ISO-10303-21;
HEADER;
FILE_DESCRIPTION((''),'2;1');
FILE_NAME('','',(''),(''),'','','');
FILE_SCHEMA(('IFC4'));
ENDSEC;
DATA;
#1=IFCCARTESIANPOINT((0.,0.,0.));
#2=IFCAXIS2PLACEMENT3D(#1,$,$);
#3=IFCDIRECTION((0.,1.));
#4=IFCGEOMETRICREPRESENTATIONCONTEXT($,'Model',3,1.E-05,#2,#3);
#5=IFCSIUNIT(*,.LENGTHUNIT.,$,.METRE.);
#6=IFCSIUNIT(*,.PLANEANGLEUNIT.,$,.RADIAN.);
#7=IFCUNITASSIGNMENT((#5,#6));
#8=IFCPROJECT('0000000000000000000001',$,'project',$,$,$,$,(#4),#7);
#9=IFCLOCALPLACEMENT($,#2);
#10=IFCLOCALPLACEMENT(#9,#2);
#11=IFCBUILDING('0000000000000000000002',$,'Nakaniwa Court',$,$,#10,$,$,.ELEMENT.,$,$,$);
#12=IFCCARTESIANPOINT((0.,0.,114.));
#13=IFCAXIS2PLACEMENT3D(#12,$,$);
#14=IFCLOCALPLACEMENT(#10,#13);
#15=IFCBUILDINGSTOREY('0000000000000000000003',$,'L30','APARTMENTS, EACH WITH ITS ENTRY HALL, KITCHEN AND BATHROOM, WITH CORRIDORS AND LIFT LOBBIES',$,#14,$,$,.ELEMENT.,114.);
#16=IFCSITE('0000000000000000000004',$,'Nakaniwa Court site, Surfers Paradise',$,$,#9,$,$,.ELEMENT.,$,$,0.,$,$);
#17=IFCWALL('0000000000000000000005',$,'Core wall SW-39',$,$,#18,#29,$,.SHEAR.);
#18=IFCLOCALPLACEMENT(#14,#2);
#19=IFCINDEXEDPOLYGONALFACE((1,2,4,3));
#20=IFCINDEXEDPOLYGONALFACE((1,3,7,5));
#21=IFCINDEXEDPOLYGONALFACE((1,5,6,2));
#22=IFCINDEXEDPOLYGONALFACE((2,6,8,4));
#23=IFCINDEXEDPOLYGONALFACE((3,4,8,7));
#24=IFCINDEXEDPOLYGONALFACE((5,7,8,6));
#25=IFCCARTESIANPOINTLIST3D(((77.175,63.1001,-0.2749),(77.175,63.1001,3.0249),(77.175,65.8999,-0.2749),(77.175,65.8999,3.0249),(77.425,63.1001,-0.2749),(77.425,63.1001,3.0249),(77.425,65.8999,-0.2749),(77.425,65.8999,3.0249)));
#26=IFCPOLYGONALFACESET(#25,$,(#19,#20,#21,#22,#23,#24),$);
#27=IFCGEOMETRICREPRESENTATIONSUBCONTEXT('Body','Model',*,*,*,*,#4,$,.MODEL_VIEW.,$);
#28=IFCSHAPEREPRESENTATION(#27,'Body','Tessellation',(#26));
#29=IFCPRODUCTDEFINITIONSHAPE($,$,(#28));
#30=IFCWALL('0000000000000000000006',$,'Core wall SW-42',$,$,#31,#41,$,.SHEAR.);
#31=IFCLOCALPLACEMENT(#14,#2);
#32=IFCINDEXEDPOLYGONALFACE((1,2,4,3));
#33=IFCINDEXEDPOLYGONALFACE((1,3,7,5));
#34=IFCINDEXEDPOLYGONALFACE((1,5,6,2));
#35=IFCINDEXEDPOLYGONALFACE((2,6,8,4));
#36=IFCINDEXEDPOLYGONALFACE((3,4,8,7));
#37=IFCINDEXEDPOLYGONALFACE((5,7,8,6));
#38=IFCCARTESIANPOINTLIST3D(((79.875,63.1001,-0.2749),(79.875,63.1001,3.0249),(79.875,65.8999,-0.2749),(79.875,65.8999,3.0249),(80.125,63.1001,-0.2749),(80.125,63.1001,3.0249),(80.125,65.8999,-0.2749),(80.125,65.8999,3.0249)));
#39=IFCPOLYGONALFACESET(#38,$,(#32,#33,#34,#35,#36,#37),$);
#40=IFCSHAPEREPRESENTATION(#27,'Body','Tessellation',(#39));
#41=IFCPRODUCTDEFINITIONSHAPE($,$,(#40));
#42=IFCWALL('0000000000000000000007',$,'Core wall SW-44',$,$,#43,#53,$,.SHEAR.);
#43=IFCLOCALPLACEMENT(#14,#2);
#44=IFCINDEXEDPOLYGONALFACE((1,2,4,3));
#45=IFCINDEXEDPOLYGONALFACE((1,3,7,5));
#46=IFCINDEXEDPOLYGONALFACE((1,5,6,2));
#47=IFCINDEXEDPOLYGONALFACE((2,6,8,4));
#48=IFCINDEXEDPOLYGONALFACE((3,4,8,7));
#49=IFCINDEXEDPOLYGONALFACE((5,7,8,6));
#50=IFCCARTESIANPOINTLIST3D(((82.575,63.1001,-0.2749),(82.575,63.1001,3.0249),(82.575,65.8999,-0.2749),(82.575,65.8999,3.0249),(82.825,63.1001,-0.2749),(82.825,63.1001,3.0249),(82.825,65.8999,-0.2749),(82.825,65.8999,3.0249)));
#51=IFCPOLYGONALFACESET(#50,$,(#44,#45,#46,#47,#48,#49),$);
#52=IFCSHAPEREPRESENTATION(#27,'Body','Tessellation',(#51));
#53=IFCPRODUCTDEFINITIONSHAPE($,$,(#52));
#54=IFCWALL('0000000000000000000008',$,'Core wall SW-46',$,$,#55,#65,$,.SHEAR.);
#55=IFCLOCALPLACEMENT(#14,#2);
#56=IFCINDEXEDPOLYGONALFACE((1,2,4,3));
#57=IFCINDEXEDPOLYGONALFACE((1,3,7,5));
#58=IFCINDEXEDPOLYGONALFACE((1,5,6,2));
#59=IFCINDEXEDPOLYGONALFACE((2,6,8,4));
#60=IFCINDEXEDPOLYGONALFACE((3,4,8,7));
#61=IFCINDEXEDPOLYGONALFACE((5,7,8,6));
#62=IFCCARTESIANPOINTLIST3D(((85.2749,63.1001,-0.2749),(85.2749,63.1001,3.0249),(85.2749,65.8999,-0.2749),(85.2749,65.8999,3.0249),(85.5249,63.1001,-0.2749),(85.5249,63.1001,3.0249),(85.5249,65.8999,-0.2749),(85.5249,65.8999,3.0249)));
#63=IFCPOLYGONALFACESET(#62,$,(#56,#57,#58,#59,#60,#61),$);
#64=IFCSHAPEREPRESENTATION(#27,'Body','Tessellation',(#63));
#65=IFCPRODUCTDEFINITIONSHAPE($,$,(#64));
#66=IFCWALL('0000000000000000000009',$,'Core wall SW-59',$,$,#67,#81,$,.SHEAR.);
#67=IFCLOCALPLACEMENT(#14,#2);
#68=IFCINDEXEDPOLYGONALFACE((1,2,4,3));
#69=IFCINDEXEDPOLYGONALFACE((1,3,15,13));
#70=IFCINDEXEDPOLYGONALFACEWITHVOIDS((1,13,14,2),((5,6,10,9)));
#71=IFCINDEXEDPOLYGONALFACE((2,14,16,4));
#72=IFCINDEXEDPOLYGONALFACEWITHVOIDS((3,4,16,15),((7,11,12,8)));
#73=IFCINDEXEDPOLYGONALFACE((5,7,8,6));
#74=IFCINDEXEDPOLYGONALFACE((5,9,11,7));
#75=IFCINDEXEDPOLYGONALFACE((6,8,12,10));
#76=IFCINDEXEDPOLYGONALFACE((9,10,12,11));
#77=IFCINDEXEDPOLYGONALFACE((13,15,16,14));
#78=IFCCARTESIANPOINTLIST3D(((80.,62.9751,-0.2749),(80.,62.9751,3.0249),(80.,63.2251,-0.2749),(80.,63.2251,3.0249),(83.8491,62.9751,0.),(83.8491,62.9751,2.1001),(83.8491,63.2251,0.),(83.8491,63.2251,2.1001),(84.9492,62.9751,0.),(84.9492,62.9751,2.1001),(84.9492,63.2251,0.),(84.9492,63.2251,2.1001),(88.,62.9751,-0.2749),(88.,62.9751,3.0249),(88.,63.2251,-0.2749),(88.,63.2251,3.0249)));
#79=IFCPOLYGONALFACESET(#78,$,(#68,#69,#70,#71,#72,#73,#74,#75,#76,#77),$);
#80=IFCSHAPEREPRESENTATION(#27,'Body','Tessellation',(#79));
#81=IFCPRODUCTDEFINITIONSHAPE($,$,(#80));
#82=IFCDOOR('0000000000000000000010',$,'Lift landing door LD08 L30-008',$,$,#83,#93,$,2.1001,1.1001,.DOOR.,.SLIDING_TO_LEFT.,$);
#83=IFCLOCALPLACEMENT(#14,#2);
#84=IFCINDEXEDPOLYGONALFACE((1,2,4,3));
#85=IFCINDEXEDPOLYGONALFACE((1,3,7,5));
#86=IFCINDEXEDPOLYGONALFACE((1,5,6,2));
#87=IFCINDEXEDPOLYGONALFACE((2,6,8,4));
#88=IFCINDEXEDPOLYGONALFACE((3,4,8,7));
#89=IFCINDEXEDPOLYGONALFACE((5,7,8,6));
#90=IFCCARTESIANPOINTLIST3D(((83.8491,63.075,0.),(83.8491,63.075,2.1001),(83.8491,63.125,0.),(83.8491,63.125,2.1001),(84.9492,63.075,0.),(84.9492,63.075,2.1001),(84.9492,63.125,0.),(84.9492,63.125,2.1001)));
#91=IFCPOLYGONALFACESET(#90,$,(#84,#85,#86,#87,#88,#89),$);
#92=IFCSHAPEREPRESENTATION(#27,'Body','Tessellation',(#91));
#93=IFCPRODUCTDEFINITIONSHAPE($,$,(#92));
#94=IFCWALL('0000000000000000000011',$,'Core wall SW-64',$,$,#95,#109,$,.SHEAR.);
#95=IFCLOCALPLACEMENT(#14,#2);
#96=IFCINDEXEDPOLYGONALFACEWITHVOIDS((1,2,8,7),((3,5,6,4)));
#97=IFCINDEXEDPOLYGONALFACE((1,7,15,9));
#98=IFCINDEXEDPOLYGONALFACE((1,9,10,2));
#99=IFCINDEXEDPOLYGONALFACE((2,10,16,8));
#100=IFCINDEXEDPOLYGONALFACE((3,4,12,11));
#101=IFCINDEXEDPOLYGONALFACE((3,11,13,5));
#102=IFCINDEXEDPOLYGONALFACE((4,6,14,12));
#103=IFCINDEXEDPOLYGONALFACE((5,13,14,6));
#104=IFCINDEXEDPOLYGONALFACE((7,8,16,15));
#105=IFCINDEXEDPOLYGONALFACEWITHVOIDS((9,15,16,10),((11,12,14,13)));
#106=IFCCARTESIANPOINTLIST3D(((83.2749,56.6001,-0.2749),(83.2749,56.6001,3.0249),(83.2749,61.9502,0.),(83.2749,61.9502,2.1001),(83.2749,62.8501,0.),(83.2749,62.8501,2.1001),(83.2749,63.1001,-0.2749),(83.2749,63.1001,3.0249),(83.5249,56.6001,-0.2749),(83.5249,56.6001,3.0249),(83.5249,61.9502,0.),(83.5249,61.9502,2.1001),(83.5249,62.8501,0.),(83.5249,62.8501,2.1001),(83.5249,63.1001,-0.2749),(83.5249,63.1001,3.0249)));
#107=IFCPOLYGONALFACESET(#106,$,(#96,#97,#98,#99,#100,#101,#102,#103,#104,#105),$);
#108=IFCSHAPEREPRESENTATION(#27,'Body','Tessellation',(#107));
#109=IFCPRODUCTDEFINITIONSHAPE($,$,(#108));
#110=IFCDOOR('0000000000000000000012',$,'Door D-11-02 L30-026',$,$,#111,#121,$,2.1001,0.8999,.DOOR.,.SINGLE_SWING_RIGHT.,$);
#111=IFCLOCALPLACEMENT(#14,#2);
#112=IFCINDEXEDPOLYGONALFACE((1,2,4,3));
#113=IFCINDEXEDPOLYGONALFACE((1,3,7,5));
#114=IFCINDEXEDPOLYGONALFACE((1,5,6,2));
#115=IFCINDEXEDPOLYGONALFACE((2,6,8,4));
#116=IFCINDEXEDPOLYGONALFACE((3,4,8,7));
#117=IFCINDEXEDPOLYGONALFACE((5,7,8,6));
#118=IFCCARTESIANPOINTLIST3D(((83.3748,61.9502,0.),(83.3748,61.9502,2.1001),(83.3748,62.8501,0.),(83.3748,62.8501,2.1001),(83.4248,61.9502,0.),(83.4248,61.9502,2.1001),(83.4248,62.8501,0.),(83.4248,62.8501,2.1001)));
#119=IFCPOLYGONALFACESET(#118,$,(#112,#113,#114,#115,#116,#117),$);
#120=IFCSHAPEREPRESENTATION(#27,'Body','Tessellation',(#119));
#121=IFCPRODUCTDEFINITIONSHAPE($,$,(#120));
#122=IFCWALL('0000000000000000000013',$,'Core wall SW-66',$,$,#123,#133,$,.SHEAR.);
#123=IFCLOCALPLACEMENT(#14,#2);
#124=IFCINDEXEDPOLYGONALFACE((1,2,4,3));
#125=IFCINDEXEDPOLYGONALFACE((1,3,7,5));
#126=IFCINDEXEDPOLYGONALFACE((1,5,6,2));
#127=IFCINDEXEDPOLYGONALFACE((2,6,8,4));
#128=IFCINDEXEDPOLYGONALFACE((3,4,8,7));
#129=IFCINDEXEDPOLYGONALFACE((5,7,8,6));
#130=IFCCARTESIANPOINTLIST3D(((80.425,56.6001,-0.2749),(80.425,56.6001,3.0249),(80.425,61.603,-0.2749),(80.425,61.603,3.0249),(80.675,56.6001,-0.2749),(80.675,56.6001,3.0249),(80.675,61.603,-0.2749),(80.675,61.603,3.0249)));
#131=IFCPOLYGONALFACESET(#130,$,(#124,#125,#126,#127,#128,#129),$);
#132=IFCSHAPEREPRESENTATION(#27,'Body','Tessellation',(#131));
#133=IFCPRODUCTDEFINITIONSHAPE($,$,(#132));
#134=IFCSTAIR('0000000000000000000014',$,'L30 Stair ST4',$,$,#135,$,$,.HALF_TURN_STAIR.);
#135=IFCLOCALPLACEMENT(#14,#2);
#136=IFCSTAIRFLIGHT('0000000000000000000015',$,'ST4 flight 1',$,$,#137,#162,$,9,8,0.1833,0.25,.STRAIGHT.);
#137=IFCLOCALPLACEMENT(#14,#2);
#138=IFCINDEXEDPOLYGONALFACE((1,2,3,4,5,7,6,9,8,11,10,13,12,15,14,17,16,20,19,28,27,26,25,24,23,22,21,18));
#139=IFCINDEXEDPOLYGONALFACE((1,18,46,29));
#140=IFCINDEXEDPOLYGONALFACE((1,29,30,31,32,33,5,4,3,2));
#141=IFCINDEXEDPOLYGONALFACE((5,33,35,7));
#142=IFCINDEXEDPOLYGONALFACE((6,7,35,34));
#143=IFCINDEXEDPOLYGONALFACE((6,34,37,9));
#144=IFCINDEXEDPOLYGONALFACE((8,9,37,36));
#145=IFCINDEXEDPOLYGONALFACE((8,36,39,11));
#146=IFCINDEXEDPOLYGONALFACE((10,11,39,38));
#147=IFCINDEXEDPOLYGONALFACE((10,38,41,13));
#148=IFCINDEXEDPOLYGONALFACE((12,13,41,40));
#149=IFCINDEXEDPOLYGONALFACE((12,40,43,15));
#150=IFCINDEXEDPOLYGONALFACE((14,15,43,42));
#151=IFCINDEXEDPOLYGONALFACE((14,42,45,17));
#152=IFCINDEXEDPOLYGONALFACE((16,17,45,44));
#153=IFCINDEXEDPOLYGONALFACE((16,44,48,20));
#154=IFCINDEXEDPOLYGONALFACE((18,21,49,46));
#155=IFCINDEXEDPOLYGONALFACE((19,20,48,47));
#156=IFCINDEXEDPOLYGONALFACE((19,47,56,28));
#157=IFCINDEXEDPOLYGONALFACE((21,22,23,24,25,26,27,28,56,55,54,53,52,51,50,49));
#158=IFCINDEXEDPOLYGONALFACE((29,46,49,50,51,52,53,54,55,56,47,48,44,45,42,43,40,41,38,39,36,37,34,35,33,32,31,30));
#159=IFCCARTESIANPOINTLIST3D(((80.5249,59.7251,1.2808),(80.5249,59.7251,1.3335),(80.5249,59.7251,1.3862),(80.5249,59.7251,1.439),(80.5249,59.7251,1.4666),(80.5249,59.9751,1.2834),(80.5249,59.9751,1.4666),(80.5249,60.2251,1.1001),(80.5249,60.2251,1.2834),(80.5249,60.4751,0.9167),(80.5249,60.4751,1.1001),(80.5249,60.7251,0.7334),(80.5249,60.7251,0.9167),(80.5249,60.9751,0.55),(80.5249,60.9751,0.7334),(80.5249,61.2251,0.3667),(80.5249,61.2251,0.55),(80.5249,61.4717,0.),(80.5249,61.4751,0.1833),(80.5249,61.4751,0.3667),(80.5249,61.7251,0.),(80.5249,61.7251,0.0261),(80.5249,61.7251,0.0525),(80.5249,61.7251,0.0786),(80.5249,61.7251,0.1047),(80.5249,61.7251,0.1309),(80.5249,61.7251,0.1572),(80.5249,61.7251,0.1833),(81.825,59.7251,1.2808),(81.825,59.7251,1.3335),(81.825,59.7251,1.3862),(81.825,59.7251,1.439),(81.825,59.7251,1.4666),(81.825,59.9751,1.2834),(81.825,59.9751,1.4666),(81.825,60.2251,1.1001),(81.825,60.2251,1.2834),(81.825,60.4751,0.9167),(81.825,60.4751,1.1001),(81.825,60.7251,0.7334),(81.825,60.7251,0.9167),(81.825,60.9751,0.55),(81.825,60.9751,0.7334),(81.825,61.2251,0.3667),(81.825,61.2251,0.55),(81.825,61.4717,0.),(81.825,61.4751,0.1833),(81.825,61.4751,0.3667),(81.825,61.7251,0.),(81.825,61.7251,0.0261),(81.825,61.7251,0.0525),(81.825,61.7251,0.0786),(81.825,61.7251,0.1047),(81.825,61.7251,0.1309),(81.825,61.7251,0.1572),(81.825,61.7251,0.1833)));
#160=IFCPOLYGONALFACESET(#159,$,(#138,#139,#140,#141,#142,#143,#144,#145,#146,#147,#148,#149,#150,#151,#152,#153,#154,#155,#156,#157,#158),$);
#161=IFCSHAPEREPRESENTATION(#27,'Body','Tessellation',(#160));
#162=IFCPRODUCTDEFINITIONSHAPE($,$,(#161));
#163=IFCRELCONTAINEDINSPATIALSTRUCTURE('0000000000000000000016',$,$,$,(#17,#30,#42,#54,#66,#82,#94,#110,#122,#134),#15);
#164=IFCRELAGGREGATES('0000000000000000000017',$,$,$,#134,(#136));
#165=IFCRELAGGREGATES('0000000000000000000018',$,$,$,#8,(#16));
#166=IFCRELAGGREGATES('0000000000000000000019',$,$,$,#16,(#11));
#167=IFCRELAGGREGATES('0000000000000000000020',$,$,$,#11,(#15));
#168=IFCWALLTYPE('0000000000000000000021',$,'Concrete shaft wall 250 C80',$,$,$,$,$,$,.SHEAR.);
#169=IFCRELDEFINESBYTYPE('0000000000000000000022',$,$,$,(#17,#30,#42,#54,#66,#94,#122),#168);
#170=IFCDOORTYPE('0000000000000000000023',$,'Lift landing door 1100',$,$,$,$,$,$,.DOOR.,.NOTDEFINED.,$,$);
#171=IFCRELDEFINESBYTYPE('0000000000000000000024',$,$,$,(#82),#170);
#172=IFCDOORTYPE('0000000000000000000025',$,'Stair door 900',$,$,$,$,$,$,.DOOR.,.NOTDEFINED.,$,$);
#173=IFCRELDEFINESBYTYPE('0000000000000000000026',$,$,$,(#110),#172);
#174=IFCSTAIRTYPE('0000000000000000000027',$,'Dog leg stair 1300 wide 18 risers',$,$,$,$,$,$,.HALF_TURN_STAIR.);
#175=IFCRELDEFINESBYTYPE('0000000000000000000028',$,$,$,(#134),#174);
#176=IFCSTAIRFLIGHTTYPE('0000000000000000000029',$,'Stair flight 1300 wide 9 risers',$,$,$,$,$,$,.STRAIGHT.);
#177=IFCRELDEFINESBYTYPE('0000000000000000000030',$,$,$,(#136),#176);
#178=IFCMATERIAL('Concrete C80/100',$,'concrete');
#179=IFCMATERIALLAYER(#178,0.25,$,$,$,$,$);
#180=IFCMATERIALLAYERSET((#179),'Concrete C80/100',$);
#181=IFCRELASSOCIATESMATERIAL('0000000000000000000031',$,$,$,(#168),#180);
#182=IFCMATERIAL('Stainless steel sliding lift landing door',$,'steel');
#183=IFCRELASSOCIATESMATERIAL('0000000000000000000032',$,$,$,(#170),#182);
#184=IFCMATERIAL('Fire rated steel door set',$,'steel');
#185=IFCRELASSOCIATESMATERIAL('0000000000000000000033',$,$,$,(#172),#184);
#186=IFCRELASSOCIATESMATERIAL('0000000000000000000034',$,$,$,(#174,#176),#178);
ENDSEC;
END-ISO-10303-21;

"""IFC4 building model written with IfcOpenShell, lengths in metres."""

from ifc_helpers import new_model, si_unit, direction, frame, frame_2d, origin, place, context, subcontext, project, spatial, polyline, rectangle, outline, extrude, material, layer, layer_set, type_object, element, fill, aggregate, save


model = new_model("IFC4")

# Units and contexts
model_context = context("Model", 3, precision=1e-05, world=origin(), true_north=direction((0.0, 1.0)))
body_context = subcontext(model_context, "Body", "Model", "MODEL_VIEW")
ifc_project = project(units=[si_unit("LENGTHUNIT", "METRE"), si_unit("PLANEANGLEUNIT", "RADIAN")], contexts=[model_context])

# Site, building, storey
site_placement = place(None, origin())
site = spatial("IfcSite", under=ifc_project, at=site_placement, Name="Nakaniwa Court site, Surfers Paradise", CompositionType="ELEMENT", RefElevation=0.0)
building_placement = place(site_placement, origin())
building = spatial("IfcBuilding", under=site, at=building_placement, Name="Nakaniwa Court", CompositionType="ELEMENT")
storey_placement = place(building_placement, frame((0.0, 0.0, 114.0)))
storey = spatial("IfcBuildingStorey", under=building, at=storey_placement, Name="L30", Description="APARTMENTS, EACH WITH ITS ENTRY HALL, KITCHEN AND BATHROOM, WITH CORRIDORS AND LIFT LOBBIES", CompositionType="ELEMENT", Elevation=114.0)

# Shared definitions
ifc_material_1 = material(Name="Concrete C80/100", Category="concrete")

# Shared definitions
ifc_material_2 = material(Name="Fire rated steel door set", Category="steel")

# Walls
ifc_layer_1 = layer(ifc_material_1, 0.25)
ifc_layer_set_1 = layer_set([ifc_layer_1], Name="Concrete C80/100")
wall_type_1 = type_object("IfcWallType", Name="Concrete shaft wall 250 C80", PredefinedType="SHEAR", material=ifc_layer_set_1)
for number, where, z_axis, x_axis, name in (
    (1, (77.3, 63.1001, -0.2749), (0.0, 0.0, 1.0), (0.0, 1.0, 0.0), "Core wall SW-39"),
    (2, (80.0, 63.1001, -0.2749), (0.0, 0.0, 1.0), (0.0, 1.0, 0.0), "Core wall SW-42"),
    (3, (82.7, 63.1001, -0.2749), (0.0, 0.0, 1.0), (0.0, 1.0, 0.0), "Core wall SW-44"),
    (4, (85.3999, 63.1001, -0.2749), (0.0, 0.0, 1.0), (0.0, 1.0, 0.0), "Core wall SW-46"),
):
    element("IfcWall", number, at=place(storey_placement, frame(where, z_axis=z_axis, x_axis=x_axis)), inside=storey, type_object=wall_type_1, Name=name, PredefinedType="SHEAR", context=body_context, shape_type="SweptSolid", body=[
        extrude(rectangle(XDim=2.7998, YDim=0.25, at=frame_2d((1.3999, 0.0))), origin(), (0.0, 0.0, 1.0), 3.2998),
    ])

# Walls, openings, doors
wall_1_placement = place(storey_placement, frame((80.0, 63.1001, -0.2749), z_axis=(0.0, 0.0, 1.0), x_axis=(1.0, 0.0, 0.0)))
wall_1 = element("IfcWall", 5, at=wall_1_placement, inside=storey, type_object=wall_type_1, Name="Core wall SW-59", PredefinedType="SHEAR", context=body_context, shape_type="SweptSolid", body=[
    extrude(rectangle(XDim=8.0, YDim=0.25, at=frame_2d((4.0, 0.0))), origin(), (0.0, 0.0, 1.0), 3.2998),
])
opening_1_placement = place(wall_1_placement, frame((3.8491, 0.0, 0.2749)))
opening_1 = element("IfcOpeningElement", 6, at=opening_1_placement, cuts=wall_1, PredefinedType="OPENING", context=body_context, shape_type="SweptSolid", body=[
    extrude(rectangle(XDim=1.1001, YDim=2.1001, at=frame_2d((0.55, 1.05))), frame((0.0, 0.135, 0.0), z_axis=(0.0, -1.0, 0.0), x_axis=(1.0, 0.0, 0.0)), (0.0, 0.0, 1.0), 0.27),
])
ifc_material_3 = material(Name="Stainless steel sliding lift landing door", Category="steel")
door_type_1 = type_object("IfcDoorType", Name="Lift landing door 1100", OperationType="NOTDEFINED", PredefinedType="DOOR", material=ifc_material_3)
door_1_placement = place(opening_1_placement, origin())
door_1 = element("IfcDoor", 7, at=door_1_placement, inside=storey, type_object=door_type_1, Name="Lift landing door LD08 L30-008", OperationType="SLIDING_TO_LEFT", OverallHeight=2.1001, OverallWidth=1.1001, PredefinedType="DOOR", context=body_context, shape_type="SweptSolid", body=[
    extrude(rectangle(XDim=1.1001, YDim=2.1001, at=frame_2d((0.55, 1.05))), frame((0.0, 0.0249, 0.0), z_axis=(0.0, -1.0, 0.0), x_axis=(1.0, 0.0, 0.0)), (0.0, 0.0, 1.0), 0.05),
])
fill(opening_1, door_1)
wall_2_placement = place(storey_placement, frame((83.3999, 63.1001, -0.2749), z_axis=(0.0, 0.0, 1.0), x_axis=(0.0, -1.0, 0.0)))
wall_2 = element("IfcWall", 8, at=wall_2_placement, inside=storey, type_object=wall_type_1, Name="Core wall SW-64", PredefinedType="SHEAR", context=body_context, shape_type="SweptSolid", body=[
    extrude(rectangle(XDim=6.5, YDim=0.25, at=frame_2d((3.25, 0.0))), origin(), (0.0, 0.0, 1.0), 3.2998),
])
opening_2_placement = place(wall_2_placement, frame((0.25, 0.0, 0.2749)))
opening_2 = element("IfcOpeningElement", 9, at=opening_2_placement, cuts=wall_2, PredefinedType="OPENING", context=body_context, shape_type="SweptSolid", body=[
    extrude(rectangle(XDim=0.8999, YDim=2.1001, at=frame_2d((0.45, 1.05))), frame((0.0, 0.135, 0.0), z_axis=(0.0, -1.0, 0.0), x_axis=(1.0, 0.0, 0.0)), (0.0, 0.0, 1.0), 0.27),
])
door_type_2 = type_object("IfcDoorType", Name="Stair door 900", OperationType="NOTDEFINED", PredefinedType="DOOR", material=ifc_material_2)
door_2_placement = place(opening_2_placement, origin())
door_2 = element("IfcDoor", 10, at=door_2_placement, inside=storey, type_object=door_type_2, Name="Door D-11-02 L30-026", OperationType="SINGLE_SWING_RIGHT", OverallHeight=2.1001, OverallWidth=0.8999, PredefinedType="DOOR", context=body_context, shape_type="SweptSolid", body=[
    extrude(rectangle(XDim=0.8999, YDim=2.1001, at=frame_2d((0.45, 1.05))), frame((0.0, 0.0249, 0.0), z_axis=(0.0, -1.0, 0.0), x_axis=(1.0, 0.0, 0.0)), (0.0, 0.0, 1.0), 0.05),
])
fill(opening_2, door_2)

# Wall
wall_3_placement = place(storey_placement, frame((80.55, 56.6001, -0.2749), z_axis=(0.0, 0.0, 1.0), x_axis=(0.0, 1.0, 0.0)))
element("IfcWall", 11, at=wall_3_placement, inside=storey, type_object=wall_type_1, Name="Core wall SW-66", PredefinedType="SHEAR", context=body_context, shape_type="SweptSolid", body=[
    extrude(rectangle(XDim=5.0029, YDim=0.25, at=frame_2d((2.5015, 0.0))), origin(), (0.0, 0.0, 1.0), 3.2998),
])

# Stair, stair flight
stair_type = type_object("IfcStairType", Name="Dog leg stair 1300 wide 18 risers", PredefinedType="HALF_TURN_STAIR", material=ifc_material_1)
stair_placement = place(storey_placement, origin())
stair = element("IfcStair", 12, at=stair_placement, inside=storey, type_object=stair_type, Name="L30 Stair ST4", PredefinedType="HALF_TURN_STAIR")
stair_flight_type = type_object("IfcStairFlightType", Name="Stair flight 1300 wide 9 risers", PredefinedType="STRAIGHT", material=ifc_material_1)
stair_flight_1_placement = place(storey_placement, frame((81.175, 61.7251, 0.0), z_axis=(0.0, 0.0, 1.0), x_axis=(0.0, -1.0, 0.0)))
stair_flight_1 = element("IfcStairFlight", 13, at=stair_flight_1_placement, type_object=stair_flight_type, Name="ST4 flight 1", NumberOfRisers=9, NumberOfTreads=8, PredefinedType="STRAIGHT", RiserHeight=0.1833, TreadLength=0.25, context=body_context, shape_type="SweptSolid", body=[
    extrude(outline(polyline([(0.0, 0.0), (0.0, 0.0261), (0.0, 0.0525), (0.0, 0.0786), (0.0, 0.1047), (0.0, 0.1309), (0.0, 0.1572), (0.0, 0.1833), (0.25, 0.1833), (0.25, 0.3667), (0.5, 0.3667), (0.5, 0.55), (0.75, 0.55), (0.75, 0.7334), (1.0, 0.7334), (1.0, 0.9167), (1.25, 0.9167), (1.25, 1.1001), (1.5, 1.1001), (1.5, 1.2834), (1.75, 1.2834), (1.75, 1.4666), (2.0, 1.4666), (2.0, 1.6499), (2.0, 1.5972), (2.0, 1.5444), (2.0, 1.4917), (2.0, 1.439), (2.0, 1.3862), (2.0, 1.3335), (2.0, 1.2808), (0.2534, 0.0), (0.0, 0.0)])), frame((0.0, 0.6499, 0.0), z_axis=(0.0, -1.0, 0.0), x_axis=(1.0, 0.0, 0.0)), (0.0, 0.0, 1.0), 1.3),
])
aggregate(stair, [stair_flight_1])

save(model, "model.ifc")
